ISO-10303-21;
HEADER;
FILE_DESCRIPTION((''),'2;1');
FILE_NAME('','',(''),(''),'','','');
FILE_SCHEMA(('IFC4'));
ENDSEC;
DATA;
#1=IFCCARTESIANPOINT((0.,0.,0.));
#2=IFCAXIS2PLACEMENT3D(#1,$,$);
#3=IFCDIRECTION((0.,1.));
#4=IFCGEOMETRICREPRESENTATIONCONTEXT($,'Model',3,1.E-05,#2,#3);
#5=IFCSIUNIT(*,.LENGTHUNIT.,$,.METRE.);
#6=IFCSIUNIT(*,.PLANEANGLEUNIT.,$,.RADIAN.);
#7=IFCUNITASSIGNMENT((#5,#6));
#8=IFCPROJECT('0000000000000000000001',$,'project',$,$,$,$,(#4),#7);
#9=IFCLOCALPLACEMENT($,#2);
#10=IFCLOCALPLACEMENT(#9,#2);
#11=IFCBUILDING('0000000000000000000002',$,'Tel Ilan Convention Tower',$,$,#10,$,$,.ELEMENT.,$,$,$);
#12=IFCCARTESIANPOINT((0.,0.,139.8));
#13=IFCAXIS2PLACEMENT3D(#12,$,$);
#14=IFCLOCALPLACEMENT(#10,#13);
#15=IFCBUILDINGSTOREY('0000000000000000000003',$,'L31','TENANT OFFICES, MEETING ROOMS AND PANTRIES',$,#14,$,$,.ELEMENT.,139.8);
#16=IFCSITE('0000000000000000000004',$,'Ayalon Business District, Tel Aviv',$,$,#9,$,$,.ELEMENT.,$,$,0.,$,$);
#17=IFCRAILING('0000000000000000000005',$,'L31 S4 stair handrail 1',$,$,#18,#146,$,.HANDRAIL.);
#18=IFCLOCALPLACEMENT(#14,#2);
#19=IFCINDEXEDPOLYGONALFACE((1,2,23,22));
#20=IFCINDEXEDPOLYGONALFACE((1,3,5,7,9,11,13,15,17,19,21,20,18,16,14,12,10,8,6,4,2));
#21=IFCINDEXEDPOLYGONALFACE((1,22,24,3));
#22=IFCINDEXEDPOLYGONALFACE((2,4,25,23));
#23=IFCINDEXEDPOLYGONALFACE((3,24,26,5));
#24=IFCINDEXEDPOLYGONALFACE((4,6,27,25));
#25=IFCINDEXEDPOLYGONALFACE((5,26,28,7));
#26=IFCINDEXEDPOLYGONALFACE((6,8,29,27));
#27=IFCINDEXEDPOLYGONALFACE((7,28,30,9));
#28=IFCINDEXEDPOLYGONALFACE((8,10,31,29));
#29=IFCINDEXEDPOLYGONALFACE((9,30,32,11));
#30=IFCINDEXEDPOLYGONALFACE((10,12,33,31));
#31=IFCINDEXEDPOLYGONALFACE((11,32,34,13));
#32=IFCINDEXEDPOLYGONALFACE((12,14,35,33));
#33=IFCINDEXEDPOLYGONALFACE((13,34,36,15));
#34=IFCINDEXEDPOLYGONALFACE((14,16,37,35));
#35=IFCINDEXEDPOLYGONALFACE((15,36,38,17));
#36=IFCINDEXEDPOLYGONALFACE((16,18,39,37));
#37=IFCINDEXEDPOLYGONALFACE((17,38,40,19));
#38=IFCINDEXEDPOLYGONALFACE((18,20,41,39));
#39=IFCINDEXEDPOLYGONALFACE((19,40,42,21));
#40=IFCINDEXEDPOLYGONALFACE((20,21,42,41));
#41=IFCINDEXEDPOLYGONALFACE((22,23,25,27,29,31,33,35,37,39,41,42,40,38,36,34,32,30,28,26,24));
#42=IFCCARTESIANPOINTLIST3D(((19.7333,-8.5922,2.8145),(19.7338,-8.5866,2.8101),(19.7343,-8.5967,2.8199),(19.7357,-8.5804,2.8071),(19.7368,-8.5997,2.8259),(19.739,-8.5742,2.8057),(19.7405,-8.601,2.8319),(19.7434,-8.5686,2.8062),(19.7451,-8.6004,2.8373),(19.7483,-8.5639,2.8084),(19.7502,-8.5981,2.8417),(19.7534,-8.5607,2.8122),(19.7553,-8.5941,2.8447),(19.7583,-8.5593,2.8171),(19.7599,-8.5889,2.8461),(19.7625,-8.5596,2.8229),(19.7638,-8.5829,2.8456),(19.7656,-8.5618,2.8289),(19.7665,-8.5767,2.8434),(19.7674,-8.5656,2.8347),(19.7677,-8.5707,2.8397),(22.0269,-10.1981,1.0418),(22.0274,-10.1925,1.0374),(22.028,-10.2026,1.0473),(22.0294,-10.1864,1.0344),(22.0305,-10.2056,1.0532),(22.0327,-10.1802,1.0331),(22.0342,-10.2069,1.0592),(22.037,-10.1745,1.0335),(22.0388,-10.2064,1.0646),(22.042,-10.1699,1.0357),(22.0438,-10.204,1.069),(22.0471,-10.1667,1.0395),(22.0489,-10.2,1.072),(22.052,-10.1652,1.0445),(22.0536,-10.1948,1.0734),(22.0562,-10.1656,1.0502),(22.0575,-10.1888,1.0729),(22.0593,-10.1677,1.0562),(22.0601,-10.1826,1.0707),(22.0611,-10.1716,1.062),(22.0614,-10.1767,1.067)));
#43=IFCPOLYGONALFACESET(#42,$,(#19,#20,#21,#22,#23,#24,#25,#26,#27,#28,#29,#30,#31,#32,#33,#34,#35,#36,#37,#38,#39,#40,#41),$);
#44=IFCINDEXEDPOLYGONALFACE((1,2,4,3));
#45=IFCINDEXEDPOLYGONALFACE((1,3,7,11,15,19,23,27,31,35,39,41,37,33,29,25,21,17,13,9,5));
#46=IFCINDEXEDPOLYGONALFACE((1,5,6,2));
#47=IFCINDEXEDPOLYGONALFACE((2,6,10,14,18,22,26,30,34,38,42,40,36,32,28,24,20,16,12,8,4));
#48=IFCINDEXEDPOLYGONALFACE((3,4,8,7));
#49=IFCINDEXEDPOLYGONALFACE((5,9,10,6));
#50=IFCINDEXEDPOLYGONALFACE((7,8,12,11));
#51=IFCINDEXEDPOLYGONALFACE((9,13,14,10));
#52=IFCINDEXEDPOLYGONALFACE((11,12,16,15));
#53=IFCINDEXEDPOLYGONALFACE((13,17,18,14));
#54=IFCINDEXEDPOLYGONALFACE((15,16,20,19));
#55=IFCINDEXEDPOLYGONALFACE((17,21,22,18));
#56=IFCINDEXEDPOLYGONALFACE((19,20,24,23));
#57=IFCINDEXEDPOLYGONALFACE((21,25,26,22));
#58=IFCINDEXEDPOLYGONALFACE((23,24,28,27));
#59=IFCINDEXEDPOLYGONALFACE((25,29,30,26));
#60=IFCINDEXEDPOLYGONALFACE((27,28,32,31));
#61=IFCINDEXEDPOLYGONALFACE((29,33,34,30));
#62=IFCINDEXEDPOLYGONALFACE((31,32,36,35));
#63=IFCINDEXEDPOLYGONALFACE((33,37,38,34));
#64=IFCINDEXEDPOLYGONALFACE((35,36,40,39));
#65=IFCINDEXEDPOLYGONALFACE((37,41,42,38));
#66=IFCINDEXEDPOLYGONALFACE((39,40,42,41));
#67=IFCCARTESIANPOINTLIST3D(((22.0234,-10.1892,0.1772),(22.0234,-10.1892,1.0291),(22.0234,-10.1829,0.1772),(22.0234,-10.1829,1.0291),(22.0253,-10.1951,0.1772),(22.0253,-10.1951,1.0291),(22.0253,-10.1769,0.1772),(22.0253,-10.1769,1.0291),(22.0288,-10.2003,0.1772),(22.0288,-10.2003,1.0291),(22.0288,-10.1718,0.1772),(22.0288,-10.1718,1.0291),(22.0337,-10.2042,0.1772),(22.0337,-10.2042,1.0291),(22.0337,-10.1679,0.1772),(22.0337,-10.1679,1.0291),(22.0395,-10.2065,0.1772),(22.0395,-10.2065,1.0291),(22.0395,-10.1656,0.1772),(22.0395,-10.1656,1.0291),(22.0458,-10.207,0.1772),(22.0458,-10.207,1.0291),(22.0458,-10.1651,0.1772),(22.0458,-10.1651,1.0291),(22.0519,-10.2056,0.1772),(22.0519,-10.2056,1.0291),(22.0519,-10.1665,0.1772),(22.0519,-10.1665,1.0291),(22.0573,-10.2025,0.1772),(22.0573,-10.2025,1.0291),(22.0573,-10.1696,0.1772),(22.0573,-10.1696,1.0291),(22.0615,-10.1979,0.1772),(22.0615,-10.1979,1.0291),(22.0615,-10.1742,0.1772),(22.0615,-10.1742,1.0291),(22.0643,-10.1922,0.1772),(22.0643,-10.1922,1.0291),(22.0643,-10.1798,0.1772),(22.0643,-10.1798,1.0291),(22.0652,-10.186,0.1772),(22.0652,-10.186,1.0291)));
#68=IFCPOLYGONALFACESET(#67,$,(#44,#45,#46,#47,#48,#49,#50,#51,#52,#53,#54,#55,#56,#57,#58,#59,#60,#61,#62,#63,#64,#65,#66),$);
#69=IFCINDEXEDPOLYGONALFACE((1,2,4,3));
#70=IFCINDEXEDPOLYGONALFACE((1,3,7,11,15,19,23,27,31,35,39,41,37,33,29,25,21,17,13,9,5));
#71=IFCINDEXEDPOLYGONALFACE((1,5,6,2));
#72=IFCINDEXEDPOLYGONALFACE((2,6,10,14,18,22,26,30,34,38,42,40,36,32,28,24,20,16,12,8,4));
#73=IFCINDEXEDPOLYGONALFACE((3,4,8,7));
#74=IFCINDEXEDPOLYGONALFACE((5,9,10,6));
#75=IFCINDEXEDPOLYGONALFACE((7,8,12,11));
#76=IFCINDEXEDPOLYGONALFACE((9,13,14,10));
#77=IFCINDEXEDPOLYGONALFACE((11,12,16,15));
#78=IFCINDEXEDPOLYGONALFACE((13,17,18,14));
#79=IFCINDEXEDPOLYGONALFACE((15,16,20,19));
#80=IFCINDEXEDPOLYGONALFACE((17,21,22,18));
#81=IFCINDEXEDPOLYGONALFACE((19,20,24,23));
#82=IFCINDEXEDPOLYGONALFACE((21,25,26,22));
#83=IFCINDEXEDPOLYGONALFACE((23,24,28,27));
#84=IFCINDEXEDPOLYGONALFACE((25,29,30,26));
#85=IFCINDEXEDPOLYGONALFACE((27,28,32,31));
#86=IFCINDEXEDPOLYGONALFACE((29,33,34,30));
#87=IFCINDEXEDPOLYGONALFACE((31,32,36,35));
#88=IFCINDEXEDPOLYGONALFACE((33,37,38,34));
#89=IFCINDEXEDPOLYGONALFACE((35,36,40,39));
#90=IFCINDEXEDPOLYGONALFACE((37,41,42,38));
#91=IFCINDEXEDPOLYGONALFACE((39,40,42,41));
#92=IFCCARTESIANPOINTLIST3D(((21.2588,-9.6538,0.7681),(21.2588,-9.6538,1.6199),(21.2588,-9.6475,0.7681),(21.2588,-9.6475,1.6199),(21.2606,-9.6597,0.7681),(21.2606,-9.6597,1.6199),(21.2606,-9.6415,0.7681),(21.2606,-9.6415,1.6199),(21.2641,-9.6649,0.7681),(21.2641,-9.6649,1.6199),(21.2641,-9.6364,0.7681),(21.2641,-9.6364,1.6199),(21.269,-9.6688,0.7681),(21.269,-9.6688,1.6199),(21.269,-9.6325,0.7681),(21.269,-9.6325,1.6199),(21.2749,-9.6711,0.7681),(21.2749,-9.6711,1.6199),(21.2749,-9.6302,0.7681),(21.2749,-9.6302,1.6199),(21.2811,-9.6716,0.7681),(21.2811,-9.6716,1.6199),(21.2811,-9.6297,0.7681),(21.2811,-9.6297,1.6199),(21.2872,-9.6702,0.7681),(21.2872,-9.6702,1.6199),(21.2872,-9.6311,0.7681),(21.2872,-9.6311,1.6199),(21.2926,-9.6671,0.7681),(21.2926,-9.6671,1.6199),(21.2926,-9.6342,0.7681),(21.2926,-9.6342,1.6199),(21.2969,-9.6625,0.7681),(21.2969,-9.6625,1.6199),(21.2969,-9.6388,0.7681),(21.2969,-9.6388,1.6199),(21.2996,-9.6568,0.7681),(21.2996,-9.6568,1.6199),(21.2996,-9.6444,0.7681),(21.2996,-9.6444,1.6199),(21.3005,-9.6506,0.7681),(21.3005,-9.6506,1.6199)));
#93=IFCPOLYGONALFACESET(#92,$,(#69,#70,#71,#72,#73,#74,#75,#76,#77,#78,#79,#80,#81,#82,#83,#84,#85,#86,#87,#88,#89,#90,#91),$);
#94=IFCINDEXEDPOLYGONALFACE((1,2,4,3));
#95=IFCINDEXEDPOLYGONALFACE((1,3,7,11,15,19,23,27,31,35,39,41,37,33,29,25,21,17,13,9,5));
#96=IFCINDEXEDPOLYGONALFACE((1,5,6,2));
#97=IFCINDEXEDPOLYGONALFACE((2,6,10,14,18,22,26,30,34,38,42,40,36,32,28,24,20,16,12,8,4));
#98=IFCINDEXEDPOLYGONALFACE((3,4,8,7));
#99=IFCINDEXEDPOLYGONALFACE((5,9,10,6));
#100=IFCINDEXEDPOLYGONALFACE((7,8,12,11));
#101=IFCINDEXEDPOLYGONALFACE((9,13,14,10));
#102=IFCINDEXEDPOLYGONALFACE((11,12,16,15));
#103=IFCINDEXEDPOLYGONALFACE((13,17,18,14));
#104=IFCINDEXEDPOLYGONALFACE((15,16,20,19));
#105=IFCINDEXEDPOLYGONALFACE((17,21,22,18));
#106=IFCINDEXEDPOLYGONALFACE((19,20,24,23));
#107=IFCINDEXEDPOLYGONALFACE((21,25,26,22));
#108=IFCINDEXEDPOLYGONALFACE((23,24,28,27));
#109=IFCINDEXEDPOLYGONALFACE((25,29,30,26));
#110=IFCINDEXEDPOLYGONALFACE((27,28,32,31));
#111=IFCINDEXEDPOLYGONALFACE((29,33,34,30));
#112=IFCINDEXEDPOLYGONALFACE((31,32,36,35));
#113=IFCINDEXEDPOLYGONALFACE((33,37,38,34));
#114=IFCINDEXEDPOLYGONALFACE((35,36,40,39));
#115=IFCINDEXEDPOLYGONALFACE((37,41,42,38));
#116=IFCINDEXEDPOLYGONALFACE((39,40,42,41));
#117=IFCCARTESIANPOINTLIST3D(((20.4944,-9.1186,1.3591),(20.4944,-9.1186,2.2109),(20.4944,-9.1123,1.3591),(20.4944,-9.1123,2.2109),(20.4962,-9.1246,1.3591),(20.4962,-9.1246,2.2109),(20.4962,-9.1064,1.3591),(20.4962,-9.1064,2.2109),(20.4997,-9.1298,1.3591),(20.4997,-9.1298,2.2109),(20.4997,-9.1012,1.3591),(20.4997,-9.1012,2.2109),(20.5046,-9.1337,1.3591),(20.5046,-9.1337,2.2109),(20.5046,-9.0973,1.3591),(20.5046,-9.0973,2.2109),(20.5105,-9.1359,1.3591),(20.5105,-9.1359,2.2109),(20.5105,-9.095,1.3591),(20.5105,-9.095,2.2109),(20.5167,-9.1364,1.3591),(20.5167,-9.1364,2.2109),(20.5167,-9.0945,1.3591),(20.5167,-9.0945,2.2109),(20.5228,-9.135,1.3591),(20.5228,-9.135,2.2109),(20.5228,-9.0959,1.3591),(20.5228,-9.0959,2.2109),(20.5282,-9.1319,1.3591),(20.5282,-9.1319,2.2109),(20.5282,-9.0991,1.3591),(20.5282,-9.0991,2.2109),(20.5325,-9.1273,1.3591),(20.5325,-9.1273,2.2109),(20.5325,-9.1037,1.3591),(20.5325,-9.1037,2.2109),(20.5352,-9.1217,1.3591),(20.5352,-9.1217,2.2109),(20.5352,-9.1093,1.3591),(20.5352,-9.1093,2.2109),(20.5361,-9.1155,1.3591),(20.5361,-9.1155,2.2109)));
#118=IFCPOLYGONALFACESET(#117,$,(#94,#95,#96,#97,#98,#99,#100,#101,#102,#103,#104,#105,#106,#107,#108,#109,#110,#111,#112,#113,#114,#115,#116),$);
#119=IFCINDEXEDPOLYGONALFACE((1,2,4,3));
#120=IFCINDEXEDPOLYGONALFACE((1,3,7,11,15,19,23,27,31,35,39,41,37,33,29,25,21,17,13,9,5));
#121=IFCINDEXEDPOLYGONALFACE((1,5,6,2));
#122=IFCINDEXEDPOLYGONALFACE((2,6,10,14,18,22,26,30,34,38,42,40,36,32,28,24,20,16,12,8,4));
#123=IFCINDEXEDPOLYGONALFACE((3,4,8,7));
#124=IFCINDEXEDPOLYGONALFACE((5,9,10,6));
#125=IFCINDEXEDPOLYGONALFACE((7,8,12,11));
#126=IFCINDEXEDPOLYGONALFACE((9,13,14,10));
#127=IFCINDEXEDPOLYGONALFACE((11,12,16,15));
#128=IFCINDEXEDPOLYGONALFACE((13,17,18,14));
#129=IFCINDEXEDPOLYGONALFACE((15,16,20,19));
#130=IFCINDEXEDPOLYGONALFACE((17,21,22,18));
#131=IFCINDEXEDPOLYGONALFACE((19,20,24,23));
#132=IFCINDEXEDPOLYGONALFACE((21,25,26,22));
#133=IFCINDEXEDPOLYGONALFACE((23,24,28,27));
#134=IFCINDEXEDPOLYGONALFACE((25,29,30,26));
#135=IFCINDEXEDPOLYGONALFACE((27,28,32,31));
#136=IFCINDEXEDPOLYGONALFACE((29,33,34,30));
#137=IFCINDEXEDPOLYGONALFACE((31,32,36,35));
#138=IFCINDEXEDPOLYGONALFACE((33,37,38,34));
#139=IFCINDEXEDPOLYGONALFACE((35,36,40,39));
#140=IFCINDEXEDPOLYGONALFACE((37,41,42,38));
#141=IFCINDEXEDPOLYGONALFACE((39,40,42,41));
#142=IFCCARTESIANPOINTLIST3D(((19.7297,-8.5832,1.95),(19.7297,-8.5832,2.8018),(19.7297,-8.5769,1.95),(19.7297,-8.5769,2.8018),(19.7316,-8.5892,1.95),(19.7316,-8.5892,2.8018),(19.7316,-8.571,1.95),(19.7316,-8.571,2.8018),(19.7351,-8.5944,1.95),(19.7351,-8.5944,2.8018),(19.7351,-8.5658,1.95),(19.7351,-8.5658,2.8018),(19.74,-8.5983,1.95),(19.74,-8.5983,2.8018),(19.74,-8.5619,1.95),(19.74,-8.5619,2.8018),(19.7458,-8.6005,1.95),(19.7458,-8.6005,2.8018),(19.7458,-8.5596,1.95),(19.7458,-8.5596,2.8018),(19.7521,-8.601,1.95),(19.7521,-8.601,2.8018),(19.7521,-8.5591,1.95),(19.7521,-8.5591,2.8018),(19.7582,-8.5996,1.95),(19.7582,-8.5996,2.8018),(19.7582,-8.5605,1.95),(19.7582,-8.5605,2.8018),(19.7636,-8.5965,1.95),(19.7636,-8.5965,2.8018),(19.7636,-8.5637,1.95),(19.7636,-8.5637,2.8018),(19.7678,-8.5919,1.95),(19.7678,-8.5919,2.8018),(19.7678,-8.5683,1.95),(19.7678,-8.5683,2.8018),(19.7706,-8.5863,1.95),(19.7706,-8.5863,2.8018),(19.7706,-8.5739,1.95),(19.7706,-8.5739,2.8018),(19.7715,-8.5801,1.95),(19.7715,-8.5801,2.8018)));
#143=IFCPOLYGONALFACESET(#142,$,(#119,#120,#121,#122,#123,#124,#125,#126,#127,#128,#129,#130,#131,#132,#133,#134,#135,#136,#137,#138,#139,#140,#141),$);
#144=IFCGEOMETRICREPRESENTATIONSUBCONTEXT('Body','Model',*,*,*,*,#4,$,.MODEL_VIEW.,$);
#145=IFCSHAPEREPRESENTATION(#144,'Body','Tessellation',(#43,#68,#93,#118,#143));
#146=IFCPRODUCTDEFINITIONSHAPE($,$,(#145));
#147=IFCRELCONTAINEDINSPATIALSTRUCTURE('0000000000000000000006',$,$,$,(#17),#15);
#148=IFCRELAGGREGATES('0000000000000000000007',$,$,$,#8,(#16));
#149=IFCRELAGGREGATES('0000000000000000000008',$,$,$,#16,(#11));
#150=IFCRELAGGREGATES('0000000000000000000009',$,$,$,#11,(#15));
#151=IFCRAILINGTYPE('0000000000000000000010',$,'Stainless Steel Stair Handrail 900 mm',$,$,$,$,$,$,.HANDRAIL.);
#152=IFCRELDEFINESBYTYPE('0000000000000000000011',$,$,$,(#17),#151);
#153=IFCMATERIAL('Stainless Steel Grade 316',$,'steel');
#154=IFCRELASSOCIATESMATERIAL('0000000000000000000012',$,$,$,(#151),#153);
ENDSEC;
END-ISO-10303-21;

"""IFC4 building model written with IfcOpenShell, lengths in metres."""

from ifc_helpers import new_model, si_unit, direction, frame, origin, origin_2d, place, context, subcontext, project, spatial, circle, extrude, material, type_object, element, save


model = new_model("IFC4")

# Units and contexts
model_context = context("Model", 3, precision=1e-05, world=origin(), true_north=direction((0.0, 1.0)))
body_context = subcontext(model_context, "Body", "Model", "MODEL_VIEW")
ifc_project = project(units=[si_unit("LENGTHUNIT", "METRE"), si_unit("PLANEANGLEUNIT", "RADIAN")], contexts=[model_context])

# Site, building, storey
site_placement = place(None, origin())
site = spatial("IfcSite", under=ifc_project, at=site_placement, Name="Ayalon Business District, Tel Aviv", CompositionType="ELEMENT", RefElevation=0.0)
building_placement = place(site_placement, origin())
building = spatial("IfcBuilding", under=site, at=building_placement, Name="Tel Ilan Convention Tower", CompositionType="ELEMENT")
storey_placement = place(building_placement, frame((0.0, 0.0, 139.8)))
storey = spatial("IfcBuildingStorey", under=building, at=storey_placement, Name="L31", Description="TENANT OFFICES, MEETING ROOMS AND PANTRIES", CompositionType="ELEMENT", Elevation=139.8)

# Railing
ifc_material_1 = material(Name="Stainless Steel Grade 316", Category="steel")
railing_type_1 = type_object("IfcRailingType", Name="Stainless Steel Stair Handrail 900 mm", PredefinedType="HANDRAIL", material=ifc_material_1)
railing_1_placement = place(storey_placement, frame((22.0442, -10.186, 0.1772)))
element("IfcRailing", 1, at=railing_1_placement, inside=storey, type_object=railing_type_1, Name="L31 S4 stair handrail 1", PredefinedType="HANDRAIL", context=body_context, shape_type="SweptSolid", body=[
    extrude(circle(Radius=0.0239, at=origin_2d()), frame((0.0, 0.0, 0.876), z_axis=(-0.692123, 0.484597, 0.534913), x_axis=(-0.57355, -0.81917, 0.0)), (0.0, 0.0, 1.0), 3.314),
    extrude(circle(Radius=0.021, at=origin_2d()), origin(), (0.0, 0.0, 1.0), 0.8518),
    extrude(circle(Radius=0.021, at=origin_2d()), frame((-0.7646, 0.5354, 0.5908)), (0.0, 0.0, 1.0), 0.8518),
    extrude(circle(Radius=0.021, at=origin_2d()), frame((-1.5291, 1.0706, 1.1819)), (0.0, 0.0, 1.0), 0.8518),
    extrude(circle(Radius=0.021, at=origin_2d()), frame((-2.2937, 1.606, 1.7727)), (0.0, 0.0, 1.0), 0.8518),
])

save(model, "model.ifc")
